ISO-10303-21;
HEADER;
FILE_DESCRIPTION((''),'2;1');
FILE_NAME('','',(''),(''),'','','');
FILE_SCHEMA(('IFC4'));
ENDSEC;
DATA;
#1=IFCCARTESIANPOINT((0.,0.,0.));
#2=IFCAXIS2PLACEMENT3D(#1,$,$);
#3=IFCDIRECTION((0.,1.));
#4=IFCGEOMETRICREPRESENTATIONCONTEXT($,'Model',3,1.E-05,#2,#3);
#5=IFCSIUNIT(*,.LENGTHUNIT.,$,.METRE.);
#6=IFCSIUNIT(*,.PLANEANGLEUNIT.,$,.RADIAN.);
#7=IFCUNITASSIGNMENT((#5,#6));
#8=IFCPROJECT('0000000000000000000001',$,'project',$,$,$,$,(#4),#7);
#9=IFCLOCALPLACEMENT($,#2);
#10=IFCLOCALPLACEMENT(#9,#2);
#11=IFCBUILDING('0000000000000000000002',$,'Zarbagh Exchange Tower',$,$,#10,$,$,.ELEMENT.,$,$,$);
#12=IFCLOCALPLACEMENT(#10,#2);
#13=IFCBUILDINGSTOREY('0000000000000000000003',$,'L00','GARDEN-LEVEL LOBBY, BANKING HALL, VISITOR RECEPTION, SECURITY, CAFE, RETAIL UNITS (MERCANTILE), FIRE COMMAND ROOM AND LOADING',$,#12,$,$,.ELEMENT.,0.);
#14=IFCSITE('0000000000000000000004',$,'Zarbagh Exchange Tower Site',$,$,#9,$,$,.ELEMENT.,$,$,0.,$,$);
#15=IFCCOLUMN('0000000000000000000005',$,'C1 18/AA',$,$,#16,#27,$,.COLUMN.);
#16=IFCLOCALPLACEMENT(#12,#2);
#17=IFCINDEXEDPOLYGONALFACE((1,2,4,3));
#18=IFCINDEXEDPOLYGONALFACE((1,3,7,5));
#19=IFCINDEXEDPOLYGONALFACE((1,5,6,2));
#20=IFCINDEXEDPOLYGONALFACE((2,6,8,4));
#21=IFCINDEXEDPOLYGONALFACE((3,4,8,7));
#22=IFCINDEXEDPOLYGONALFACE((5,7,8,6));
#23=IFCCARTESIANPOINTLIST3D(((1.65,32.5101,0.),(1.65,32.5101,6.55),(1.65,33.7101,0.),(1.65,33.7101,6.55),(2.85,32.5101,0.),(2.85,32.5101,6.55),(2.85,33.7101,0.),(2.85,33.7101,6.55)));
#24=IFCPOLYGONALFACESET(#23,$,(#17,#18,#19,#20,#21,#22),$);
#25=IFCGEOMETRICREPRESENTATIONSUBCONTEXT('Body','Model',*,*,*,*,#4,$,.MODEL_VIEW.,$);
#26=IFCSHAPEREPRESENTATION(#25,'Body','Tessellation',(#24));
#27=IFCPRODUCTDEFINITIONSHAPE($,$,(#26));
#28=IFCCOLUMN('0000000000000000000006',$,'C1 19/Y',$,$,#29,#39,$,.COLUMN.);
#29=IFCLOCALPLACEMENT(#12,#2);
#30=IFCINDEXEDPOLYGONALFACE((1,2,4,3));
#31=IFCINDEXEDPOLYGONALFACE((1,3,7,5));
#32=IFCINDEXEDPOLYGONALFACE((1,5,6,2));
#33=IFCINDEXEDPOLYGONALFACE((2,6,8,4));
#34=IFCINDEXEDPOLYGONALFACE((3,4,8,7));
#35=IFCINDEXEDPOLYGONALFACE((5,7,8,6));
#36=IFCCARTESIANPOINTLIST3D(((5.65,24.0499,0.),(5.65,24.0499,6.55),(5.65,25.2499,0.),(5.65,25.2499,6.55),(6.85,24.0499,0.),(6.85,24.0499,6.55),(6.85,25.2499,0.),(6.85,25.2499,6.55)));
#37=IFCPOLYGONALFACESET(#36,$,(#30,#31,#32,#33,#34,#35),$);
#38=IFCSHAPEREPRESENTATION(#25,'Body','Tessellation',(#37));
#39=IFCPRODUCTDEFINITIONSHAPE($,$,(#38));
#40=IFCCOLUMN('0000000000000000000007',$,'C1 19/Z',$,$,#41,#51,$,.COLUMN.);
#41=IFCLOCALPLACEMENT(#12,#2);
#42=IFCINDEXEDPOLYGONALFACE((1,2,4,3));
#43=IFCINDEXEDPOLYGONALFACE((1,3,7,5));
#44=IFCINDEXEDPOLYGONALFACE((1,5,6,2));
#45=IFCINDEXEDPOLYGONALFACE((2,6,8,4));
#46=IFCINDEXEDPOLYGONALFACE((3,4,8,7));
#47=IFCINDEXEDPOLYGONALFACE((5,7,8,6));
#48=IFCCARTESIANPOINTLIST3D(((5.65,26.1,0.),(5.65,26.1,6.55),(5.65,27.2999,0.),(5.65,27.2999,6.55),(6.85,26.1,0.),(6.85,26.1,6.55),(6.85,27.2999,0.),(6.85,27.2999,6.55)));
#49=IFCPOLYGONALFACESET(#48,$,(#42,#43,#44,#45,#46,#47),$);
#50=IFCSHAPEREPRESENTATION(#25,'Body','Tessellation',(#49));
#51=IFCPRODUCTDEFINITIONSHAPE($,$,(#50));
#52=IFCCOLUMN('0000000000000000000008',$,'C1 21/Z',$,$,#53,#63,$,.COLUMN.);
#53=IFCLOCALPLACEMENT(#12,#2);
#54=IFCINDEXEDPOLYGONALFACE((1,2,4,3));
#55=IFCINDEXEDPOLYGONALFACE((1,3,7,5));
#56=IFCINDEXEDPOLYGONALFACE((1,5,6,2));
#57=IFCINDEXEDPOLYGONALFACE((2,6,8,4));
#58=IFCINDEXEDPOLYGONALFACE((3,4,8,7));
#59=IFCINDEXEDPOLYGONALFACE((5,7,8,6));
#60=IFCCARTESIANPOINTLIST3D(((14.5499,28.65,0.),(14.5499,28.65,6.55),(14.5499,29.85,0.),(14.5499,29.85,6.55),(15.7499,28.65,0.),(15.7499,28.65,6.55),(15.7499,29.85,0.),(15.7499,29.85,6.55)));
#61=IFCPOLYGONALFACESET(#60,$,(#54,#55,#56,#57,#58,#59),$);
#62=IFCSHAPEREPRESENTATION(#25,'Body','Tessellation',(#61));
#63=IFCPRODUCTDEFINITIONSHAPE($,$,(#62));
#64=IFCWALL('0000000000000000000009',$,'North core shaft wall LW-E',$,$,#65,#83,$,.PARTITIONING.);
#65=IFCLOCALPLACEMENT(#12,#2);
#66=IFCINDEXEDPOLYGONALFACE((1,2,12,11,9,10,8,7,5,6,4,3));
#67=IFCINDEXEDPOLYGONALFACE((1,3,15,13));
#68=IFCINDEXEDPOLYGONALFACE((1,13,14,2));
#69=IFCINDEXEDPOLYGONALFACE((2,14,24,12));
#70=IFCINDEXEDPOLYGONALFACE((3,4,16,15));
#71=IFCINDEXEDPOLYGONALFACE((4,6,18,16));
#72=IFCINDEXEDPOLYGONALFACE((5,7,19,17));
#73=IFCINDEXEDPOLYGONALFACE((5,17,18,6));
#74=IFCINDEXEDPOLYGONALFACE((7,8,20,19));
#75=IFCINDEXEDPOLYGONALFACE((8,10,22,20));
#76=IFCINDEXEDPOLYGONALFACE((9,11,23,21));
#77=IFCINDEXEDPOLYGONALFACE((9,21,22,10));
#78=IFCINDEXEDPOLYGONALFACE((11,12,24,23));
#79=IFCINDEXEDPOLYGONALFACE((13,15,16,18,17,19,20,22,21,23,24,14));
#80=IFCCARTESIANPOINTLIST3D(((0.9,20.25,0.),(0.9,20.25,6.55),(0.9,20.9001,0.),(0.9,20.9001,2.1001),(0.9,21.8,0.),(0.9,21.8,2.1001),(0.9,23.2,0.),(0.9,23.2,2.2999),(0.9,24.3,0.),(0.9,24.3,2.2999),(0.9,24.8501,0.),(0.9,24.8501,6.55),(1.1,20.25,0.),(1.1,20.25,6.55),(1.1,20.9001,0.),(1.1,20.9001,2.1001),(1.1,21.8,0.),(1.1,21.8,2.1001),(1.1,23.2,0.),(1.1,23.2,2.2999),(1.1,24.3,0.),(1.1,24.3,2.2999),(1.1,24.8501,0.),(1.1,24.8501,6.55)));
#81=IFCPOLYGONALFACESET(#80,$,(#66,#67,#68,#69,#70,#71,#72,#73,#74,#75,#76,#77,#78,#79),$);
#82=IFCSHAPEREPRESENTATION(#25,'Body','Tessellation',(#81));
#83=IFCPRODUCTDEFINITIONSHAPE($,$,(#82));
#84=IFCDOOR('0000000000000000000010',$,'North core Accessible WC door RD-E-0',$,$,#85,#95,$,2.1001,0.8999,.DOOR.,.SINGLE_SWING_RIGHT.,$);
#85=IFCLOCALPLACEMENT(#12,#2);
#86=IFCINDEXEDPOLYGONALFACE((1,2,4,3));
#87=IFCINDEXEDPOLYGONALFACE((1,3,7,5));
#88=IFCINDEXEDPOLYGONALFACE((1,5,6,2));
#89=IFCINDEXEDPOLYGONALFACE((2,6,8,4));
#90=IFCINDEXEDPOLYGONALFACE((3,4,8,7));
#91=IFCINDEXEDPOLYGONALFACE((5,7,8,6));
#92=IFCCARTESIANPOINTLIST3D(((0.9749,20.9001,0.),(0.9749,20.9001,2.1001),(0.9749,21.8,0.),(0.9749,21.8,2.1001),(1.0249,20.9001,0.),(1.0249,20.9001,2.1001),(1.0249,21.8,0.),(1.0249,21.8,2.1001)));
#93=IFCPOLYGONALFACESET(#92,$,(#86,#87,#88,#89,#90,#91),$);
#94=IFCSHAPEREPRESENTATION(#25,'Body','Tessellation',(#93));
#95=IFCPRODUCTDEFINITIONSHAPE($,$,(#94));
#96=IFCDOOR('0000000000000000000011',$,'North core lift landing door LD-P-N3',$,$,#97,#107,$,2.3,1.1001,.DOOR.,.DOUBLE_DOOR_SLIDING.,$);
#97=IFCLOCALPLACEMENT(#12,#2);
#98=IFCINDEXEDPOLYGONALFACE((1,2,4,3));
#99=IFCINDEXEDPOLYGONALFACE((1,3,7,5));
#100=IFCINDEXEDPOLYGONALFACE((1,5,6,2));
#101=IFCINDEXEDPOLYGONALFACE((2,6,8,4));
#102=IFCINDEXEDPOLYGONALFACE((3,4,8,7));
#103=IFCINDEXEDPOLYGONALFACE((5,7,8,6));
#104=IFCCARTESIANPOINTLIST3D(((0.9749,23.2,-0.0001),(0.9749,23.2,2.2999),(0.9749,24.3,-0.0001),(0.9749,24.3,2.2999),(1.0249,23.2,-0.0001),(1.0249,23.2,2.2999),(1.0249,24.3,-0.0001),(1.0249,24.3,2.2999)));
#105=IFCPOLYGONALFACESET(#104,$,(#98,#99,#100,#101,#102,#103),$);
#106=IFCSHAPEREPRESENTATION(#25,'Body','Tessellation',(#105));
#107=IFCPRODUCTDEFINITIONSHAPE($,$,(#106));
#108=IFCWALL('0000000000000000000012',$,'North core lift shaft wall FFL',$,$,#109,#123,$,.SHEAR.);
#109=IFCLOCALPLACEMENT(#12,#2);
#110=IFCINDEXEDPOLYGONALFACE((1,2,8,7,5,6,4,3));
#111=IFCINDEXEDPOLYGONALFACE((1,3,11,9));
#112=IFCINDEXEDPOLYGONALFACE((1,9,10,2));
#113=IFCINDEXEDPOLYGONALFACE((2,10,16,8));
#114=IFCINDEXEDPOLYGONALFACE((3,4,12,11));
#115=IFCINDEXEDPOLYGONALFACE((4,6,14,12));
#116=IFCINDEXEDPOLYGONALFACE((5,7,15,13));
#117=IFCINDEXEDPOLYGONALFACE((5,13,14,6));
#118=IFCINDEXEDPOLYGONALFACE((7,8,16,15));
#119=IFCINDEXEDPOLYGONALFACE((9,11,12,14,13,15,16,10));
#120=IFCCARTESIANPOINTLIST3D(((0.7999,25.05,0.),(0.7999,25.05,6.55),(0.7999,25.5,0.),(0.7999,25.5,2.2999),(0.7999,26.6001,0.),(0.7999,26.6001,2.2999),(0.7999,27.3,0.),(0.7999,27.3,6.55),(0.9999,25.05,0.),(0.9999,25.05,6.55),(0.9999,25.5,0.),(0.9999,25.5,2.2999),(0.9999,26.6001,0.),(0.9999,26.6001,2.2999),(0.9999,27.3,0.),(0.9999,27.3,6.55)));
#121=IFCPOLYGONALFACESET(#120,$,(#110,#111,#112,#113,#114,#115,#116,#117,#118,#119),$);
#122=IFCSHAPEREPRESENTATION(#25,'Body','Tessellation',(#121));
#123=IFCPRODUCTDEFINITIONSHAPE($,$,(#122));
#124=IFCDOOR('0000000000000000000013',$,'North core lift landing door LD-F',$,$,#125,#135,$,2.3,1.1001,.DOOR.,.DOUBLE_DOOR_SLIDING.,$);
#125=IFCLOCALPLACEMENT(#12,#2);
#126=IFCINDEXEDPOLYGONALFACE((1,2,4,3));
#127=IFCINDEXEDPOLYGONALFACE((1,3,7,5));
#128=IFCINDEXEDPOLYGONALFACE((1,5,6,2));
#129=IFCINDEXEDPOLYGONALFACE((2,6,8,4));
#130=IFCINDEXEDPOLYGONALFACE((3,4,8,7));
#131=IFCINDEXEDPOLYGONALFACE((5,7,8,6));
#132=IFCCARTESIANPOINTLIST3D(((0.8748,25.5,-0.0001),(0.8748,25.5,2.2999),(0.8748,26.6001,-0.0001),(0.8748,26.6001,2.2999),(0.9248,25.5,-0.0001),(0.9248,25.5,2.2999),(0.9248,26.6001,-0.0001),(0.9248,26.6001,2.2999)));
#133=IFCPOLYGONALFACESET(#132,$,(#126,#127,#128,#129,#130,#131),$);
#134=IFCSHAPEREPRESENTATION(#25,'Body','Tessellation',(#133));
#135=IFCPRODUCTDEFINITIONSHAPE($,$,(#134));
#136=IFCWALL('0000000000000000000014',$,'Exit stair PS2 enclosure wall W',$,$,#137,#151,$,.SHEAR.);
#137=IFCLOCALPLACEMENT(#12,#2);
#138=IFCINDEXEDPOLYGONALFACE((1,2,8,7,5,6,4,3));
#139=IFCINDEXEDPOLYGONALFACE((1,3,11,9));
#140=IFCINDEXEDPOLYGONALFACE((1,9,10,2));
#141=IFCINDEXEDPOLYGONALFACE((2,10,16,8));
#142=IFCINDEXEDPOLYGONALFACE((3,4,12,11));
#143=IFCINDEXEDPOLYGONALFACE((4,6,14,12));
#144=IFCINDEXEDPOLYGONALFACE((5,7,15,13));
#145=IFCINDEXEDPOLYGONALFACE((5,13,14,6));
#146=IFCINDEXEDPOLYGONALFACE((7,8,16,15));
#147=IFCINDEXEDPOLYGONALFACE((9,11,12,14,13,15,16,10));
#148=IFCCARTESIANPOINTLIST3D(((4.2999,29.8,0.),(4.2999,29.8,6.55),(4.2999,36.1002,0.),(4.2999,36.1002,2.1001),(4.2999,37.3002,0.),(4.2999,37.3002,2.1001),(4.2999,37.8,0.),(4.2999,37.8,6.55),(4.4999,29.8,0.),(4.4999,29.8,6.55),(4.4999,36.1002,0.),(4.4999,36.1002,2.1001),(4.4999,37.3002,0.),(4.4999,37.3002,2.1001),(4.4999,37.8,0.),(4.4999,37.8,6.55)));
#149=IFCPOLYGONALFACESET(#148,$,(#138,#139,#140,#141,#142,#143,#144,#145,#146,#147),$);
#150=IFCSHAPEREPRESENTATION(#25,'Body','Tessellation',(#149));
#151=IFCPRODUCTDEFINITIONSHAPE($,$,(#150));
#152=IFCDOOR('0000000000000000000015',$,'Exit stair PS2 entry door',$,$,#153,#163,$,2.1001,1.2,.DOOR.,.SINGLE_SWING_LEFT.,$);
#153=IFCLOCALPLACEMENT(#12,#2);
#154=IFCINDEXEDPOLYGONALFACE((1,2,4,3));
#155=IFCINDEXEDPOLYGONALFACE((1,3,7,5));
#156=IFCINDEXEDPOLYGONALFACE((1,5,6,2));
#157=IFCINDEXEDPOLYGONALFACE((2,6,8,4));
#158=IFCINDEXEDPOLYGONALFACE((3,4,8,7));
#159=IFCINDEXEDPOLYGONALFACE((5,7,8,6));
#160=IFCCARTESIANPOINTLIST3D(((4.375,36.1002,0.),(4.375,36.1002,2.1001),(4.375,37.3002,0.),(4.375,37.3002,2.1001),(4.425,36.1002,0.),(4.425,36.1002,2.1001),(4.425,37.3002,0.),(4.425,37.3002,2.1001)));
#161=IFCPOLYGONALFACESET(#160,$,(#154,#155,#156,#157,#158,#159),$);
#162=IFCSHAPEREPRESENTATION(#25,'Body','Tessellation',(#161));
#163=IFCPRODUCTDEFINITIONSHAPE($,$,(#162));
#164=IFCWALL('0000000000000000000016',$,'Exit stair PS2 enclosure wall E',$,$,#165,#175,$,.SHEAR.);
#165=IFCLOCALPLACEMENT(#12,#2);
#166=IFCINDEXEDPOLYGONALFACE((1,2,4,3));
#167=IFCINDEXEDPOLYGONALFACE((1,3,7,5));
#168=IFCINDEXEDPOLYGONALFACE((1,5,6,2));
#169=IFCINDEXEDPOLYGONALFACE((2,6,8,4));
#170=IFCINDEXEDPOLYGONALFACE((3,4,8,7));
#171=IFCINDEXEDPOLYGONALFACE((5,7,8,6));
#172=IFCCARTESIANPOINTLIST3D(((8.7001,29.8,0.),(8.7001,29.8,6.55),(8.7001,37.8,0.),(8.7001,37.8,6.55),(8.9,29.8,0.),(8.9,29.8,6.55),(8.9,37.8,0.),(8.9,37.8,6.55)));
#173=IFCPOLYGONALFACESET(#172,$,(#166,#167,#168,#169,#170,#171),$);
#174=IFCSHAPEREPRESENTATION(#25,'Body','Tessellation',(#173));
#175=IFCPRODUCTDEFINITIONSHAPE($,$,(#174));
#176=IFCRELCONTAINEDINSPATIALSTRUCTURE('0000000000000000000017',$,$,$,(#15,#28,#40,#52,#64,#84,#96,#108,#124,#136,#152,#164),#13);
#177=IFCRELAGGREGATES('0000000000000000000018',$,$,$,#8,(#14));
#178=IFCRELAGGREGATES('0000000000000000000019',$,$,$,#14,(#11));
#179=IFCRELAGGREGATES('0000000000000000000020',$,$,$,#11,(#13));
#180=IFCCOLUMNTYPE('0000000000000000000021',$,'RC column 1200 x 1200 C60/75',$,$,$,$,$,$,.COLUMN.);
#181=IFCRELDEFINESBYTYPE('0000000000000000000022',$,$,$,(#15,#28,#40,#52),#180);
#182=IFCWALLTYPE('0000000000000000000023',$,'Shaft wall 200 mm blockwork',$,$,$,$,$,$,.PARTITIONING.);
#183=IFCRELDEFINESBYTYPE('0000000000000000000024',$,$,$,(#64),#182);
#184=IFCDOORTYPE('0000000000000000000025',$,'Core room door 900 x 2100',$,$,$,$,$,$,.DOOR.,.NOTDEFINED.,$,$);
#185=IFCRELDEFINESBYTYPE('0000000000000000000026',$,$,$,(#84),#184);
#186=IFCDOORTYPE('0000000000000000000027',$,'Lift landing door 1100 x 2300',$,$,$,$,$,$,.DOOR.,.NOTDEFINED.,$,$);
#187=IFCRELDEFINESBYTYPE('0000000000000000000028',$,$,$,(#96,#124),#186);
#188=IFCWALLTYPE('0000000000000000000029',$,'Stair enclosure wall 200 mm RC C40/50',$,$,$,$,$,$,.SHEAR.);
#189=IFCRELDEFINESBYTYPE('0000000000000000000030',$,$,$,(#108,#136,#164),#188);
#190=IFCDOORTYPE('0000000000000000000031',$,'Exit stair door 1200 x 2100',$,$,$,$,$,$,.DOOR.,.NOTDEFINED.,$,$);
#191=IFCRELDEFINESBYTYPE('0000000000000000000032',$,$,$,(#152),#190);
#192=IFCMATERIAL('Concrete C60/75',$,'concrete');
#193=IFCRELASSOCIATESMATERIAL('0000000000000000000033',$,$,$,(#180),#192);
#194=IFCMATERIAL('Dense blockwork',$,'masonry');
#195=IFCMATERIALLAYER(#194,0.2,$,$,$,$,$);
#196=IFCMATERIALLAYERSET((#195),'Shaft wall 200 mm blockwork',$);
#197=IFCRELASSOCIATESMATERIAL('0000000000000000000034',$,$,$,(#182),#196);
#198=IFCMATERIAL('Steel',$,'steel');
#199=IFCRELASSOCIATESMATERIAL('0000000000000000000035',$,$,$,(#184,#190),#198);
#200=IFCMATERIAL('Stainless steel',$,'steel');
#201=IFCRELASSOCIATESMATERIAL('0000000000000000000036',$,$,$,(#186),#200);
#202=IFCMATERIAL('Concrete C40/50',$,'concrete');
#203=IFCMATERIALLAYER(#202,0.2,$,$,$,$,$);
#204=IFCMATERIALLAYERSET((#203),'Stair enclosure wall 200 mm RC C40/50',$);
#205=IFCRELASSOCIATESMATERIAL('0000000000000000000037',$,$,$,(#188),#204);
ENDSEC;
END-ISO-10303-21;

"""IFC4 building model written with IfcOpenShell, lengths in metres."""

from ifc_helpers import new_model, si_unit, direction, frame, frame_2d, origin, origin_2d, place, context, subcontext, project, spatial, rectangle, extrude, material, layer, layer_set, material_profile, profile_set, type_object, element, fill, save


model = new_model("IFC4")

# Units and contexts
model_context = context("Model", 3, precision=1e-05, world=origin(), true_north=direction((0.0, 1.0)))
body_context = subcontext(model_context, "Body", "Model", "MODEL_VIEW")
ifc_project = project(units=[si_unit("LENGTHUNIT", "METRE"), si_unit("PLANEANGLEUNIT", "RADIAN")], contexts=[model_context])

# Site, building, storey
site_placement = place(None, origin())
site = spatial("IfcSite", under=ifc_project, at=site_placement, Name="Zarbagh Exchange Tower Site", CompositionType="ELEMENT", RefElevation=0.0)
building_placement = place(site_placement, origin())
building = spatial("IfcBuilding", under=site, at=building_placement, Name="Zarbagh Exchange Tower", CompositionType="ELEMENT")
storey_placement = place(building_placement, origin())
storey = spatial("IfcBuildingStorey", under=building, at=storey_placement, Name="L00", Description="GARDEN-LEVEL LOBBY, BANKING HALL, VISITOR RECEPTION, SECURITY, CAFE, RETAIL UNITS (MERCANTILE), FIRE COMMAND ROOM AND LOADING", CompositionType="ELEMENT", Elevation=0.0)

# Columns
ifc_material_1 = material(Name="Concrete C60/75", Category="concrete")
ifc_material_profile = material_profile(ifc_material_1, rectangle(XDim=1.2, YDim=1.2, at=origin_2d()), Name="RC column 1200 x 1200 C60/75")
ifc_profile_set = profile_set([ifc_material_profile], Name="Concrete C60/75")
column_type = type_object("IfcColumnType", Name="RC column 1200 x 1200 C60/75", PredefinedType="COLUMN", material=ifc_profile_set)
for number, where, z_axis, x_axis, name in (
    (1, (2.25, 33.1101, 0.0), (0.0, 0.0, 1.0), (1.0, 0.0, 0.0), "C1 18/AA"),
    (2, (6.25, 24.6499, 0.0), (0.0, 0.0, 1.0), (1.0, 0.0, 0.0), "C1 19/Y"),
    (3, (6.25, 26.7, 0.0), (0.0, 0.0, 1.0), (1.0, 0.0, 0.0), "C1 19/Z"),
    (4, (15.1499, 29.25, 0.0), (0.0, 0.0, 1.0), (1.0, 0.0, 0.0), "C1 21/Z"),
):
    element("IfcColumn", number, at=place(storey_placement, frame(where, z_axis=z_axis, x_axis=x_axis)), inside=storey, type_object=column_type, Name=name, PredefinedType="COLUMN", context=body_context, shape_type="SweptSolid", body=[
        extrude(rectangle(XDim=1.2, YDim=1.2, at=origin_2d()), origin(), (0.0, 0.0, 1.0), 6.55),
    ])

# Wall, openings, doors
ifc_material_2 = material(Name="Dense blockwork", Category="masonry")
ifc_layer_1 = layer(ifc_material_2, 0.2)
ifc_layer_set_1 = layer_set([ifc_layer_1], Name="Shaft wall 200 mm blockwork")
wall_type_1 = type_object("IfcWallType", Name="Shaft wall 200 mm blockwork", PredefinedType="PARTITIONING", material=ifc_layer_set_1)
wall_1_placement = place(storey_placement, frame((1.0, 24.8501, 0.0), z_axis=(0.0, 0.0, 1.0), x_axis=(0.0, -1.0, 0.0)))
wall_1 = element("IfcWall", 5, at=wall_1_placement, inside=storey, type_object=wall_type_1, Name="North core shaft wall LW-E", PredefinedType="PARTITIONING", context=body_context, shape_type="SweptSolid", body=[
    extrude(rectangle(XDim=4.6001, YDim=0.2, at=frame_2d((2.3, 0.0))), origin(), (0.0, 0.0, 1.0), 6.55),
])
opening_1_placement = place(wall_1_placement, frame((0.55, 0.0, 0.0)))
opening_1 = element("IfcOpeningElement", 6, at=opening_1_placement, cuts=wall_1, PredefinedType="OPENING", context=body_context, shape_type="SweptSolid", body=[
    extrude(rectangle(XDim=1.1001, YDim=2.3, at=frame_2d((0.55, 1.1499))), frame((0.0, 0.1099, 0.0), z_axis=(0.0, -1.0, 0.0), x_axis=(1.0, 0.0, 0.0)), (0.0, 0.0, 1.0), 0.22),
])
opening_2_placement = place(wall_1_placement, frame((3.05, 0.0, 0.0)))
opening_2 = element("IfcOpeningElement", 7, at=opening_2_placement, cuts=wall_1, PredefinedType="OPENING", context=body_context, shape_type="SweptSolid", body=[
    extrude(rectangle(XDim=0.8999, YDim=2.1001, at=frame_2d((0.45, 1.05))), frame((0.0, 0.1099, 0.0), z_axis=(0.0, -1.0, 0.0), x_axis=(1.0, 0.0, 0.0)), (0.0, 0.0, 1.0), 0.22),
])
ifc_material_3 = material(Name="Steel", Category="steel")
door_type_1 = type_object("IfcDoorType", Name="Core room door 900 x 2100", OperationType="NOTDEFINED", PredefinedType="DOOR", material=ifc_material_3)
door_1_placement = place(opening_2_placement, origin())
door_1 = element("IfcDoor", 8, at=door_1_placement, inside=storey, type_object=door_type_1, Name="North core Accessible WC door RD-E-0", OperationType="SINGLE_SWING_RIGHT", OverallHeight=2.1001, OverallWidth=0.8999, PredefinedType="DOOR", context=body_context, shape_type="SweptSolid", body=[
    extrude(rectangle(XDim=0.8999, YDim=2.1001, at=frame_2d((0.45, 1.05))), frame((0.0, 0.0249, 0.0), z_axis=(0.0, -1.0, 0.0), x_axis=(1.0, 0.0, 0.0)), (0.0, 0.0, 1.0), 0.05),
])
fill(opening_2, door_1)
ifc_material_4 = material(Name="Stainless steel", Category="steel")
door_type_2 = type_object("IfcDoorType", Name="Lift landing door 1100 x 2300", OperationType="NOTDEFINED", PredefinedType="DOOR", material=ifc_material_4)
door_2_placement = place(opening_1_placement, origin())
door_2 = element("IfcDoor", 9, at=door_2_placement, inside=storey, type_object=door_type_2, Name="North core lift landing door LD-P-N3", OperationType="DOUBLE_DOOR_SLIDING", OverallHeight=2.3, OverallWidth=1.1001, PredefinedType="DOOR", context=body_context, shape_type="SweptSolid", body=[
    extrude(rectangle(XDim=1.1001, YDim=2.3, at=frame_2d((0.55, 1.1499))), frame((0.0, 0.0249, 0.0), z_axis=(0.0, -1.0, 0.0), x_axis=(1.0, 0.0, 0.0)), (0.0, 0.0, 1.0), 0.05),
])
fill(opening_1, door_2)

# Walls, openings, doors
ifc_material_5 = material(Name="Concrete C40/50", Category="concrete")
ifc_layer_2 = layer(ifc_material_5, 0.2)
ifc_layer_set_2 = layer_set([ifc_layer_2], Name="Stair enclosure wall 200 mm RC C40/50")
wall_type_2 = type_object("IfcWallType", Name="Stair enclosure wall 200 mm RC C40/50", PredefinedType="SHEAR", material=ifc_layer_set_2)
wall_2_placement = place(storey_placement, frame((0.8999, 27.3, 0.0), z_axis=(0.0, 0.0, 1.0), x_axis=(0.0, -1.0, 0.0)))
wall_2 = element("IfcWall", 10, at=wall_2_placement, inside=storey, type_object=wall_type_2, Name="North core lift shaft wall FFL", PredefinedType="SHEAR", context=body_context, shape_type="SweptSolid", body=[
    extrude(rectangle(XDim=2.25, YDim=0.2, at=frame_2d((1.125, 0.0))), origin(), (0.0, 0.0, 1.0), 6.55),
])
opening_3_placement = place(wall_2_placement, frame((0.7, 0.0, 0.0)))
opening_3 = element("IfcOpeningElement", 11, at=opening_3_placement, cuts=wall_2, PredefinedType="OPENING", context=body_context, shape_type="SweptSolid", body=[
    extrude(rectangle(XDim=1.1001, YDim=2.3, at=frame_2d((0.55, 1.1499))), frame((0.0, 0.1099, 0.0), z_axis=(0.0, -1.0, 0.0), x_axis=(1.0, 0.0, 0.0)), (0.0, 0.0, 1.0), 0.22),
])
door_3_placement = place(opening_3_placement, origin())
door_3 = element("IfcDoor", 12, at=door_3_placement, inside=storey, type_object=door_type_2, Name="North core lift landing door LD-F", OperationType="DOUBLE_DOOR_SLIDING", OverallHeight=2.3, OverallWidth=1.1001, PredefinedType="DOOR", context=body_context, shape_type="SweptSolid", body=[
    extrude(rectangle(XDim=1.1001, YDim=2.3, at=frame_2d((0.55, 1.1499))), frame((0.0, 0.0249, 0.0), z_axis=(0.0, -1.0, 0.0), x_axis=(1.0, 0.0, 0.0)), (0.0, 0.0, 1.0), 0.05),
])
fill(opening_3, door_3)
wall_3_placement = place(storey_placement, frame((4.3999, 29.8, 0.0), z_axis=(0.0, 0.0, 1.0), x_axis=(0.0, 1.0, 0.0)))
wall_3 = element("IfcWall", 13, at=wall_3_placement, inside=storey, type_object=wall_type_2, Name="Exit stair PS2 enclosure wall W", PredefinedType="SHEAR", context=body_context, shape_type="SweptSolid", body=[
    extrude(rectangle(XDim=8.0, YDim=0.2, at=frame_2d((4.0, 0.0))), origin(), (0.0, 0.0, 1.0), 6.55),
])
opening_4_placement = place(wall_3_placement, frame((6.3, 0.0, 0.0)))
opening_4 = element("IfcOpeningElement", 14, at=opening_4_placement, cuts=wall_3, PredefinedType="OPENING", context=body_context, shape_type="SweptSolid", body=[
    extrude(rectangle(XDim=1.2, YDim=2.1001, at=frame_2d((0.6001, 1.05))), frame((0.0, 0.1099, 0.0), z_axis=(0.0, -1.0, 0.0), x_axis=(1.0, 0.0, 0.0)), (0.0, 0.0, 1.0), 0.22),
])
door_type_3 = type_object("IfcDoorType", Name="Exit stair door 1200 x 2100", OperationType="NOTDEFINED", PredefinedType="DOOR", material=ifc_material_3)
door_4_placement = place(opening_4_placement, origin())
door_4 = element("IfcDoor", 15, at=door_4_placement, inside=storey, type_object=door_type_3, Name="Exit stair PS2 entry door", OperationType="SINGLE_SWING_LEFT", OverallHeight=2.1001, OverallWidth=1.2, PredefinedType="DOOR", context=body_context, shape_type="SweptSolid", body=[
    extrude(rectangle(XDim=1.2, YDim=2.1001, at=frame_2d((0.6001, 1.05))), frame((0.0, 0.0249, 0.0), z_axis=(0.0, -1.0, 0.0), x_axis=(1.0, 0.0, 0.0)), (0.0, 0.0, 1.0), 0.05),
])
fill(opening_4, door_4)

# Wall
wall_4_placement = place(storey_placement, frame((8.8, 29.8, 0.0), z_axis=(0.0, 0.0, 1.0), x_axis=(0.0, 1.0, 0.0)))
element("IfcWall", 16, at=wall_4_placement, inside=storey, type_object=wall_type_2, Name="Exit stair PS2 enclosure wall E", PredefinedType="SHEAR", context=body_context, shape_type="SweptSolid", body=[
    extrude(rectangle(XDim=8.0, YDim=0.2, at=frame_2d((4.0, 0.0))), origin(), (0.0, 0.0, 1.0), 6.55),
])

save(model, "model.ifc")
